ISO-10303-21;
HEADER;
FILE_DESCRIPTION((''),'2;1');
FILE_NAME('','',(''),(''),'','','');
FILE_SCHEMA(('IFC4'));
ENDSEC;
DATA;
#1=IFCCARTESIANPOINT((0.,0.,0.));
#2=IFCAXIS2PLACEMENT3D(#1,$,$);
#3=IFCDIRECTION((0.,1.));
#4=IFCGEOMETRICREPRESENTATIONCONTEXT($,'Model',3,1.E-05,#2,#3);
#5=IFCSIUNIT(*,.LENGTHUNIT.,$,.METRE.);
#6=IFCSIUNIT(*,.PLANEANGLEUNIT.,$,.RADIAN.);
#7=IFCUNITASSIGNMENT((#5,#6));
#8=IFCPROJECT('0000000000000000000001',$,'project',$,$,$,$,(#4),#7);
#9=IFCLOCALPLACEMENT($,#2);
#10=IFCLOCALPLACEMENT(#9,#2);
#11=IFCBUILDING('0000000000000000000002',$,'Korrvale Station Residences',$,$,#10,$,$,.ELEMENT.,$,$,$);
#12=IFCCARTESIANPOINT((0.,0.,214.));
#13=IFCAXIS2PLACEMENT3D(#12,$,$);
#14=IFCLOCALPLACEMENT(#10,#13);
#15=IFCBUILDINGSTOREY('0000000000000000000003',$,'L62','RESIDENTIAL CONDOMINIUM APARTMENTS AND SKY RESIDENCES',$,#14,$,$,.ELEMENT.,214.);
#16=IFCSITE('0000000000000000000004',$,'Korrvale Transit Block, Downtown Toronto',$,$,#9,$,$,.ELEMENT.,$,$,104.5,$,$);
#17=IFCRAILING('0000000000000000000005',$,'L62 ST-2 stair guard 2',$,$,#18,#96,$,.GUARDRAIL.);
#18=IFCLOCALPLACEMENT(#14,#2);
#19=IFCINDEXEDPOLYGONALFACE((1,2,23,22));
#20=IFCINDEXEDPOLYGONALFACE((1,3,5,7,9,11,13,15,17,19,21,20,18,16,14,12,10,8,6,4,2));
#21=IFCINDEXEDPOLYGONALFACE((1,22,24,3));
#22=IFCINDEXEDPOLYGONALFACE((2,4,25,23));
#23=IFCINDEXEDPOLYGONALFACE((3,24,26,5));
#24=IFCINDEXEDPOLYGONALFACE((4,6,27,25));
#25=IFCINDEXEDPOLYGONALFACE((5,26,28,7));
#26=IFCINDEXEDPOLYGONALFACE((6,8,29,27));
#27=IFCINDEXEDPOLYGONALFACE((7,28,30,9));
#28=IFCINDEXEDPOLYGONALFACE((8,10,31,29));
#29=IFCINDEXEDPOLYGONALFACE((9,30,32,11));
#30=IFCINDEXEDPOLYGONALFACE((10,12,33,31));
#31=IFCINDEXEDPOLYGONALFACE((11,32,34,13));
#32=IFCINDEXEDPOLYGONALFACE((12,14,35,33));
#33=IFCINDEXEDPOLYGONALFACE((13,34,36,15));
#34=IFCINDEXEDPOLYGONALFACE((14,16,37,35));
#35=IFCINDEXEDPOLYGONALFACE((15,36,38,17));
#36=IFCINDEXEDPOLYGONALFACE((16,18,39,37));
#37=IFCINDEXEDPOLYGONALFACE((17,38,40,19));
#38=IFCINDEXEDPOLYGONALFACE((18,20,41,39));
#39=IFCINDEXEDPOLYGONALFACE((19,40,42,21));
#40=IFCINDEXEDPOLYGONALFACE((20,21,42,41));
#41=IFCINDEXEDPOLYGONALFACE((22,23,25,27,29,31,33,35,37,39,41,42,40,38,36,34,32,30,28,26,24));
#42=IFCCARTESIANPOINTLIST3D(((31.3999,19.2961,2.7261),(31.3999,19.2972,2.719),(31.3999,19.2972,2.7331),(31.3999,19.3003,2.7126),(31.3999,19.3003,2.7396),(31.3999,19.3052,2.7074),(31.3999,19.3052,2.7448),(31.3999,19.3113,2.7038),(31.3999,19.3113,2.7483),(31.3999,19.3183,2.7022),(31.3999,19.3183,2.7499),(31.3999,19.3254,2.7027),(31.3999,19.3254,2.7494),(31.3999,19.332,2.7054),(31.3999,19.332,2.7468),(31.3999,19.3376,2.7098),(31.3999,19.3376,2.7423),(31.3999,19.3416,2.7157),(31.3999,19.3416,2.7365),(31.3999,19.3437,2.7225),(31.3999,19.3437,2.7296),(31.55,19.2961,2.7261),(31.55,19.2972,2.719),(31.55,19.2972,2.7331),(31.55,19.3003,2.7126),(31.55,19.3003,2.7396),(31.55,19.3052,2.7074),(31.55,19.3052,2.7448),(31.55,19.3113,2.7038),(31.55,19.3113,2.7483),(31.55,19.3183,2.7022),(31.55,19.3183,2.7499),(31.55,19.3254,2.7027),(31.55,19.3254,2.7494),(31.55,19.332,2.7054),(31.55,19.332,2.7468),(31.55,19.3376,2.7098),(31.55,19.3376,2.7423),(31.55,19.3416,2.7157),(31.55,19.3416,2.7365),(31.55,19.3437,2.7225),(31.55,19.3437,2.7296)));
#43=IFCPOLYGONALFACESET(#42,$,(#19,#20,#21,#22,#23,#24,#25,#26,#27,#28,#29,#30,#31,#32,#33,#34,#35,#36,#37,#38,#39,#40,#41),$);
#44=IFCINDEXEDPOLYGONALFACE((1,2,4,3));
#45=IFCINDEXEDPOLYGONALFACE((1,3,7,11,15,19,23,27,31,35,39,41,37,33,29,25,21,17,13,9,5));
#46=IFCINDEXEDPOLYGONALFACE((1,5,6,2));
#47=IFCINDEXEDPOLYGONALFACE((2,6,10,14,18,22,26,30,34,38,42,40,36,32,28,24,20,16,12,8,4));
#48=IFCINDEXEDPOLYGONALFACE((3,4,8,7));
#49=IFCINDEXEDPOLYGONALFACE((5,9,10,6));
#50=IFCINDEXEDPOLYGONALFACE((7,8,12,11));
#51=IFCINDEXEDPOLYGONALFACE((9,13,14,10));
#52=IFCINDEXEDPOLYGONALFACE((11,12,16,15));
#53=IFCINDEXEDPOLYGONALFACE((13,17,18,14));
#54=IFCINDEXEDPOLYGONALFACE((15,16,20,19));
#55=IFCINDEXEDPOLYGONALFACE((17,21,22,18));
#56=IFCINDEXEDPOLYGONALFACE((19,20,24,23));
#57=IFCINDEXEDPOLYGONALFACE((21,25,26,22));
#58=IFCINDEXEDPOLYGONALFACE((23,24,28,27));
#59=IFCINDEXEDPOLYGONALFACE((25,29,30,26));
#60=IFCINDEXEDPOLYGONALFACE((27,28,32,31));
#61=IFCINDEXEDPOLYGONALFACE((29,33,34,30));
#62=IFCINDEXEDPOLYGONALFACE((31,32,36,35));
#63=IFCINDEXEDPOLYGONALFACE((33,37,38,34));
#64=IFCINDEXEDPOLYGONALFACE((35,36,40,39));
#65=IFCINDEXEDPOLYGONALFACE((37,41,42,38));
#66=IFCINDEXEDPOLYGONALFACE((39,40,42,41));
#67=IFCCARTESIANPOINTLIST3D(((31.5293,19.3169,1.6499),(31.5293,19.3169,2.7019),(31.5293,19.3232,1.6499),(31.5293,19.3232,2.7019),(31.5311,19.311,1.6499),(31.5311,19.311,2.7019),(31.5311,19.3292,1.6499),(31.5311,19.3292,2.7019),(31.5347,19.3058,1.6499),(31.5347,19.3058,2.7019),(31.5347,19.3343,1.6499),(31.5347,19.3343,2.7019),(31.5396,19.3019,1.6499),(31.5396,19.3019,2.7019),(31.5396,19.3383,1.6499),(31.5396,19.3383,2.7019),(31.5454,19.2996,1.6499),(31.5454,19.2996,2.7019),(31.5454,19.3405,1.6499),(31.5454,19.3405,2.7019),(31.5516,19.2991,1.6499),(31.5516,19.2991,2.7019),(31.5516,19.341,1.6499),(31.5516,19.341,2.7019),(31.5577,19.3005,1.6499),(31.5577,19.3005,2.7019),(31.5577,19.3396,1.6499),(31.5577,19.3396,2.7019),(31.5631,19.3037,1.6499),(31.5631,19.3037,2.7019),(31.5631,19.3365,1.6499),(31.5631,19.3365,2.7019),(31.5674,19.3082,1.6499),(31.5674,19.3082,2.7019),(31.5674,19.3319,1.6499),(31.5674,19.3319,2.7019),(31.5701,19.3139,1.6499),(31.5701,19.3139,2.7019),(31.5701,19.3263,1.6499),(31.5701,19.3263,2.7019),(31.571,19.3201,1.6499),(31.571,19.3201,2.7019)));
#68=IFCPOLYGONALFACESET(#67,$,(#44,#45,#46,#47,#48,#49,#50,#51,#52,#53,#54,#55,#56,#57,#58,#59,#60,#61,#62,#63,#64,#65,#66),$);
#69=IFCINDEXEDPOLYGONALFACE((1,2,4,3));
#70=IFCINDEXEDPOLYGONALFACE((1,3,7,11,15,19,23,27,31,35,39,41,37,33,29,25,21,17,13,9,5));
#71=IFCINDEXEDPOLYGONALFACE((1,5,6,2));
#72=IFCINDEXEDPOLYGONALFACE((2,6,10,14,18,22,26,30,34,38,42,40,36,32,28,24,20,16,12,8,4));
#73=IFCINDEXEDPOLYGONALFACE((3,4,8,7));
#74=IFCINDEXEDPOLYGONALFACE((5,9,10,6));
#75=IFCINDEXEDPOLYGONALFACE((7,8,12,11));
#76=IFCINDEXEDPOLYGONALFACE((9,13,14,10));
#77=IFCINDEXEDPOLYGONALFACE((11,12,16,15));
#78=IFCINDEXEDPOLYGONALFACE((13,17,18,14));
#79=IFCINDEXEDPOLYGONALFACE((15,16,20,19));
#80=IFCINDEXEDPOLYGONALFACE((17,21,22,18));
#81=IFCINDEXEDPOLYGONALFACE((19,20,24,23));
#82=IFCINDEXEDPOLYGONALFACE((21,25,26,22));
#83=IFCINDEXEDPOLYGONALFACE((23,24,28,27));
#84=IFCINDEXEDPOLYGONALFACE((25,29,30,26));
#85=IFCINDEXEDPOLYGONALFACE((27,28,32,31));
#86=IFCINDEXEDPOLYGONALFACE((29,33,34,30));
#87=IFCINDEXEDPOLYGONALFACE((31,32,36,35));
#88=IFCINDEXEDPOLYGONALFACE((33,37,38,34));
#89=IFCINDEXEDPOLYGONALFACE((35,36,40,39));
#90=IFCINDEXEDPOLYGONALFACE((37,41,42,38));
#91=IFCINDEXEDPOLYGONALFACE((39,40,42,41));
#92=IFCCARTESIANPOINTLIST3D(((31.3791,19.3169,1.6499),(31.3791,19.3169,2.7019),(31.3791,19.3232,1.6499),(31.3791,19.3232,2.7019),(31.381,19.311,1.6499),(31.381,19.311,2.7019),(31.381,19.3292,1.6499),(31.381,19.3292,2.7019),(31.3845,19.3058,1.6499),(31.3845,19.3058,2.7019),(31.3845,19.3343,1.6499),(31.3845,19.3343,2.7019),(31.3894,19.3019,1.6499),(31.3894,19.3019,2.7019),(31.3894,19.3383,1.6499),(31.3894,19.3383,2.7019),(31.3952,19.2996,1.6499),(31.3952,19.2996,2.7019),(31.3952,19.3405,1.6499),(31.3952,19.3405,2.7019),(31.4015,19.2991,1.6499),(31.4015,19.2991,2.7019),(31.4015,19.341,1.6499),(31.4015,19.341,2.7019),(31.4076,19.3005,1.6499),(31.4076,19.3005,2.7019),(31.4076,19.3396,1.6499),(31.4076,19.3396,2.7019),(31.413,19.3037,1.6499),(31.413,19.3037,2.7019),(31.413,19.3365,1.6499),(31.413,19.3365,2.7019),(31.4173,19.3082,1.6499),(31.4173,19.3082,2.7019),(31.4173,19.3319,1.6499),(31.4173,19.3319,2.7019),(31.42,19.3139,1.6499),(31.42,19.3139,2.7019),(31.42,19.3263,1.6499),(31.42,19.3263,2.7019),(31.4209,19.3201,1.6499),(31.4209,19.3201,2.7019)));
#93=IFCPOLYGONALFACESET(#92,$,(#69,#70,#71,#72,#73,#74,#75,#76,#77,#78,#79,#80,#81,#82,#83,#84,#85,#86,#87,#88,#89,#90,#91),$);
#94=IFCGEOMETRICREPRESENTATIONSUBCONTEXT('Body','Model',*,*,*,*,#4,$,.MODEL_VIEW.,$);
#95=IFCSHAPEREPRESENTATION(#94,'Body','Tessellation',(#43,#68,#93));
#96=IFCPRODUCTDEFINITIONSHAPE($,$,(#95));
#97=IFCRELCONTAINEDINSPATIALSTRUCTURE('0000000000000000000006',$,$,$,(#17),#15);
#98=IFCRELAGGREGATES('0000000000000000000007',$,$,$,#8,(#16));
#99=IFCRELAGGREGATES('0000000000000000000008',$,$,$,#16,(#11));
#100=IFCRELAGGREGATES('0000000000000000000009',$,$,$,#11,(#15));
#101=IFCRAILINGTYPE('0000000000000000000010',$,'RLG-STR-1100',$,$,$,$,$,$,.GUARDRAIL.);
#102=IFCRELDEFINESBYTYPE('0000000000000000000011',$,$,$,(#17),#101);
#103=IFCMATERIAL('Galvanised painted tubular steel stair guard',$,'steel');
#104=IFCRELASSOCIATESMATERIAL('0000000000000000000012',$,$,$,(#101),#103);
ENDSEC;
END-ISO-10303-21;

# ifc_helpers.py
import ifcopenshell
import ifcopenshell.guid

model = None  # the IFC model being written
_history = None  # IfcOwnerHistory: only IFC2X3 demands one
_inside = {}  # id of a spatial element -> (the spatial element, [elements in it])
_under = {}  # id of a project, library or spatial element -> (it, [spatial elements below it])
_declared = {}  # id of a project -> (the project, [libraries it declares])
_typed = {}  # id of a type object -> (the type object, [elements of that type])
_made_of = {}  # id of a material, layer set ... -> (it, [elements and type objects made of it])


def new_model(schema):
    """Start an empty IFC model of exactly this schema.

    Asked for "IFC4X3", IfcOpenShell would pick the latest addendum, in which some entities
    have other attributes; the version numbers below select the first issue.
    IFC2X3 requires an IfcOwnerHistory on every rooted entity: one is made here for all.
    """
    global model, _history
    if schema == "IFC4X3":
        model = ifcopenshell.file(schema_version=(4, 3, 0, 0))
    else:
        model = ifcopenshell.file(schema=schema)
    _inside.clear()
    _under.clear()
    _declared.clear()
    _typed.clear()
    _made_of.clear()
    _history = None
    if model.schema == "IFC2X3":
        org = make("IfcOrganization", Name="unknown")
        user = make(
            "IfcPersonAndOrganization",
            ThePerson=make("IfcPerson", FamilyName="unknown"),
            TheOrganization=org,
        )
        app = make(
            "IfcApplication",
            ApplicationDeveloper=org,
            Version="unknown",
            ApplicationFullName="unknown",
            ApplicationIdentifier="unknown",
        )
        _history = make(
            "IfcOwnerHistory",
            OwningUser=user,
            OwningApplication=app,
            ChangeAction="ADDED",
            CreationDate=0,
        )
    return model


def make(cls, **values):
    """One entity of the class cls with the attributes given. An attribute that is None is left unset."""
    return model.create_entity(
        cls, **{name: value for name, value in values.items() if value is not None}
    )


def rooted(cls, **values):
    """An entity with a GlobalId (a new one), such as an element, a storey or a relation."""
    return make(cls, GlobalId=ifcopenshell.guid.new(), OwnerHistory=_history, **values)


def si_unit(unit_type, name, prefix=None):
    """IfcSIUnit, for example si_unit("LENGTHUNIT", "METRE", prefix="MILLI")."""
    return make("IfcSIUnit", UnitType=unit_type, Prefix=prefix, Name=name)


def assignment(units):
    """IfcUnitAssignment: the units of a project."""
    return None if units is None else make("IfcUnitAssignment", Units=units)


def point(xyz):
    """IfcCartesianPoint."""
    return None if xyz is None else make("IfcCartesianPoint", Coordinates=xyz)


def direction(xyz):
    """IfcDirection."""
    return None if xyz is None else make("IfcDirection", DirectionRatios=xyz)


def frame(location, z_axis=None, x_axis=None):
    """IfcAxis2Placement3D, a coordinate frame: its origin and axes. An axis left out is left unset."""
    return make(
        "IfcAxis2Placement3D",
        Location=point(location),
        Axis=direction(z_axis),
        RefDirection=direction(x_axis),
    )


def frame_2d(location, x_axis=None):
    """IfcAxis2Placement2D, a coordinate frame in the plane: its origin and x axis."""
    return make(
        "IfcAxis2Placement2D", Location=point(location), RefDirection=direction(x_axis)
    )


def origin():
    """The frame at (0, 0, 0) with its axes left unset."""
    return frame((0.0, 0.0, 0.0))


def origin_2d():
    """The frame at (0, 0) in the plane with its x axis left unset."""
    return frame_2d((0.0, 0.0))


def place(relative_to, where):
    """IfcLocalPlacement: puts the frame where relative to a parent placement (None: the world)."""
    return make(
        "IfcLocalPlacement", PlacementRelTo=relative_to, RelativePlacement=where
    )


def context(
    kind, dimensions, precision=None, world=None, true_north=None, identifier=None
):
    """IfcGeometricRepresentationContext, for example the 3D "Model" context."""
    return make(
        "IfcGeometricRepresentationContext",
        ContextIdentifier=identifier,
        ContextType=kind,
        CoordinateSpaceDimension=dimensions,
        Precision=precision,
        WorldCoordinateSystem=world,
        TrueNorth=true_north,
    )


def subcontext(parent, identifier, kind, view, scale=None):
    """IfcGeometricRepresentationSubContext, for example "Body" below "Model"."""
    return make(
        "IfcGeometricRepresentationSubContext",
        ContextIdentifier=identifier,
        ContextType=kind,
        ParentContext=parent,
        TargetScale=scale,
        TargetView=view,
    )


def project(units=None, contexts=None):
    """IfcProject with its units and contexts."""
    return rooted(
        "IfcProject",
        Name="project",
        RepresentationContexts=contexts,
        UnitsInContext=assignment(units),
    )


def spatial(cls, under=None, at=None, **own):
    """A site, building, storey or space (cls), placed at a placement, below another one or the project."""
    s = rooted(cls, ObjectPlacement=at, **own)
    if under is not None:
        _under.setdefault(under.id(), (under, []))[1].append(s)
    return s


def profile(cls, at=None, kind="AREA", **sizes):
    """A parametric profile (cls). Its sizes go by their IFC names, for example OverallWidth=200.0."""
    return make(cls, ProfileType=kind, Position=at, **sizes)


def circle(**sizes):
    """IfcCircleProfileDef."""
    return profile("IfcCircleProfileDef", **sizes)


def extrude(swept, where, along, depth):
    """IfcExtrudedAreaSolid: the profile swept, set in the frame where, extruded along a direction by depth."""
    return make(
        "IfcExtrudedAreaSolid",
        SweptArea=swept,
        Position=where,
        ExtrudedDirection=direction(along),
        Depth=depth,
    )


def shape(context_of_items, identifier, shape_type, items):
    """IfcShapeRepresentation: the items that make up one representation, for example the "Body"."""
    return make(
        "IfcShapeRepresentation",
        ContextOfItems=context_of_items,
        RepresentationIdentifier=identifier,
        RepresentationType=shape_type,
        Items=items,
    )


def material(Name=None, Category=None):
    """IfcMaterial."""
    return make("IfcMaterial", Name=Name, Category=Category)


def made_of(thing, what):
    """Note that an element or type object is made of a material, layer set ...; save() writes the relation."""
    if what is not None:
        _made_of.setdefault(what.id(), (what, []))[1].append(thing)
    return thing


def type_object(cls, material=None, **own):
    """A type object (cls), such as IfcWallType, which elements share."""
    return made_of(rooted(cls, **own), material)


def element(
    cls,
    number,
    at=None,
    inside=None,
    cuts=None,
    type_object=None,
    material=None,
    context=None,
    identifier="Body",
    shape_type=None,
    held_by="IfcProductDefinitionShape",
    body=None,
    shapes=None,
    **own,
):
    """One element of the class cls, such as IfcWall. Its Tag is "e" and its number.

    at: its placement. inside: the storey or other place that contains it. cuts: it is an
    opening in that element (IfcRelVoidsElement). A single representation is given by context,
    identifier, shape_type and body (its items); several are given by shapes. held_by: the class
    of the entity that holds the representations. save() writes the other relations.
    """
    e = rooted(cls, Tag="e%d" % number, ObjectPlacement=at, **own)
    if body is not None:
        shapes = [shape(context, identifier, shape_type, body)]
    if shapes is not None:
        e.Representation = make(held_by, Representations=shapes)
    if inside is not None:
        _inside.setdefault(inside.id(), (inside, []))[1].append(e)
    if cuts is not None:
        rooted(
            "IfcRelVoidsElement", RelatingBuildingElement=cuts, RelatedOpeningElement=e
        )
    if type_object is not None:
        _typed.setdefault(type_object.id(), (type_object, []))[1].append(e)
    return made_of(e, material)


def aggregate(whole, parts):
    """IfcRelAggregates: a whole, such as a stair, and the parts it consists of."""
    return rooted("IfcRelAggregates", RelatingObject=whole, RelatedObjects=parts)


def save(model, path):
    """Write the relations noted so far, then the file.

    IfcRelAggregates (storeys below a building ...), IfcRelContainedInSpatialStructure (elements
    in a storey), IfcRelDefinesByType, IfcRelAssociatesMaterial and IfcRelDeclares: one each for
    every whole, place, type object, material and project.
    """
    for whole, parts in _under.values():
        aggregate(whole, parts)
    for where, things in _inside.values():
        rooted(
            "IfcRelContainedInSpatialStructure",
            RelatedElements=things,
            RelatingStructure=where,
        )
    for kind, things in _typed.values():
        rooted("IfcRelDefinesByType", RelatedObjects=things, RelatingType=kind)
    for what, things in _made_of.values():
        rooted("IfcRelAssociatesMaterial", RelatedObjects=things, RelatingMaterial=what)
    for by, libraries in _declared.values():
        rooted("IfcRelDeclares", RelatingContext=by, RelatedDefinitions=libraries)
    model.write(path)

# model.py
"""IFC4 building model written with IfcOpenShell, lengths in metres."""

from ifc_helpers import new_model, si_unit, direction, frame, origin, origin_2d, place, context, subcontext, project, spatial, circle, extrude, material, type_object, element, save


model = new_model("IFC4")

# Units and contexts
model_context = context("Model", 3, precision=1e-05, world=origin(), true_north=direction((0.0, 1.0)))
body_context = subcontext(model_context, "Body", "Model", "MODEL_VIEW")
ifc_project = project(units=[si_unit("LENGTHUNIT", "METRE"), si_unit("PLANEANGLEUNIT", "RADIAN")], contexts=[model_context])

# Site, building, storey
site_placement = place(None, origin())
site = spatial("IfcSite", under=ifc_project, at=site_placement, Name="Korrvale Transit Block, Downtown Toronto", CompositionType="ELEMENT", RefElevation=104.5)
building_placement = place(site_placement, origin())
building = spatial("IfcBuilding", under=site, at=building_placement, Name="Korrvale Station Residences", CompositionType="ELEMENT")
storey_placement = place(building_placement, frame((0.0, 0.0, 214.0)))
storey = spatial("IfcBuildingStorey", under=building, at=storey_placement, Name="L62", Description="RESIDENTIAL CONDOMINIUM APARTMENTS AND SKY RESIDENCES", CompositionType="ELEMENT", Elevation=214.0)

# Railing
ifc_material_1 = material(Name="Galvanised painted tubular steel stair guard", Category="steel")
railing_type_1 = type_object("IfcRailingType", Name="RLG-STR-1100", PredefinedType="GUARDRAIL", material=ifc_material_1)
railing_1_placement = place(storey_placement, frame((31.55, 19.3201, 1.6499)))
element("IfcRailing", 1, at=railing_1_placement, inside=storey, type_object=railing_type_1, Name="L62 ST-2 stair guard 2", PredefinedType="GUARDRAIL", context=body_context, shape_type="SweptSolid", body=[
    extrude(circle(Radius=0.0239, at=origin_2d()), frame((0.0, 0.0, 1.0762), z_axis=(-1.0, 0.0, 0.0), x_axis=(0.0, -1.0, 0.0)), (0.0, 0.0, 1.0), 0.1501),
    extrude(circle(Radius=0.021, at=origin_2d()), origin(), (0.0, 0.0, 1.0), 1.052),
    extrude(circle(Radius=0.021, at=origin_2d()), frame((-0.1501, 0.0, 0.0)), (0.0, 0.0, 1.0), 1.052),
])

save(model, "model.ifc")
